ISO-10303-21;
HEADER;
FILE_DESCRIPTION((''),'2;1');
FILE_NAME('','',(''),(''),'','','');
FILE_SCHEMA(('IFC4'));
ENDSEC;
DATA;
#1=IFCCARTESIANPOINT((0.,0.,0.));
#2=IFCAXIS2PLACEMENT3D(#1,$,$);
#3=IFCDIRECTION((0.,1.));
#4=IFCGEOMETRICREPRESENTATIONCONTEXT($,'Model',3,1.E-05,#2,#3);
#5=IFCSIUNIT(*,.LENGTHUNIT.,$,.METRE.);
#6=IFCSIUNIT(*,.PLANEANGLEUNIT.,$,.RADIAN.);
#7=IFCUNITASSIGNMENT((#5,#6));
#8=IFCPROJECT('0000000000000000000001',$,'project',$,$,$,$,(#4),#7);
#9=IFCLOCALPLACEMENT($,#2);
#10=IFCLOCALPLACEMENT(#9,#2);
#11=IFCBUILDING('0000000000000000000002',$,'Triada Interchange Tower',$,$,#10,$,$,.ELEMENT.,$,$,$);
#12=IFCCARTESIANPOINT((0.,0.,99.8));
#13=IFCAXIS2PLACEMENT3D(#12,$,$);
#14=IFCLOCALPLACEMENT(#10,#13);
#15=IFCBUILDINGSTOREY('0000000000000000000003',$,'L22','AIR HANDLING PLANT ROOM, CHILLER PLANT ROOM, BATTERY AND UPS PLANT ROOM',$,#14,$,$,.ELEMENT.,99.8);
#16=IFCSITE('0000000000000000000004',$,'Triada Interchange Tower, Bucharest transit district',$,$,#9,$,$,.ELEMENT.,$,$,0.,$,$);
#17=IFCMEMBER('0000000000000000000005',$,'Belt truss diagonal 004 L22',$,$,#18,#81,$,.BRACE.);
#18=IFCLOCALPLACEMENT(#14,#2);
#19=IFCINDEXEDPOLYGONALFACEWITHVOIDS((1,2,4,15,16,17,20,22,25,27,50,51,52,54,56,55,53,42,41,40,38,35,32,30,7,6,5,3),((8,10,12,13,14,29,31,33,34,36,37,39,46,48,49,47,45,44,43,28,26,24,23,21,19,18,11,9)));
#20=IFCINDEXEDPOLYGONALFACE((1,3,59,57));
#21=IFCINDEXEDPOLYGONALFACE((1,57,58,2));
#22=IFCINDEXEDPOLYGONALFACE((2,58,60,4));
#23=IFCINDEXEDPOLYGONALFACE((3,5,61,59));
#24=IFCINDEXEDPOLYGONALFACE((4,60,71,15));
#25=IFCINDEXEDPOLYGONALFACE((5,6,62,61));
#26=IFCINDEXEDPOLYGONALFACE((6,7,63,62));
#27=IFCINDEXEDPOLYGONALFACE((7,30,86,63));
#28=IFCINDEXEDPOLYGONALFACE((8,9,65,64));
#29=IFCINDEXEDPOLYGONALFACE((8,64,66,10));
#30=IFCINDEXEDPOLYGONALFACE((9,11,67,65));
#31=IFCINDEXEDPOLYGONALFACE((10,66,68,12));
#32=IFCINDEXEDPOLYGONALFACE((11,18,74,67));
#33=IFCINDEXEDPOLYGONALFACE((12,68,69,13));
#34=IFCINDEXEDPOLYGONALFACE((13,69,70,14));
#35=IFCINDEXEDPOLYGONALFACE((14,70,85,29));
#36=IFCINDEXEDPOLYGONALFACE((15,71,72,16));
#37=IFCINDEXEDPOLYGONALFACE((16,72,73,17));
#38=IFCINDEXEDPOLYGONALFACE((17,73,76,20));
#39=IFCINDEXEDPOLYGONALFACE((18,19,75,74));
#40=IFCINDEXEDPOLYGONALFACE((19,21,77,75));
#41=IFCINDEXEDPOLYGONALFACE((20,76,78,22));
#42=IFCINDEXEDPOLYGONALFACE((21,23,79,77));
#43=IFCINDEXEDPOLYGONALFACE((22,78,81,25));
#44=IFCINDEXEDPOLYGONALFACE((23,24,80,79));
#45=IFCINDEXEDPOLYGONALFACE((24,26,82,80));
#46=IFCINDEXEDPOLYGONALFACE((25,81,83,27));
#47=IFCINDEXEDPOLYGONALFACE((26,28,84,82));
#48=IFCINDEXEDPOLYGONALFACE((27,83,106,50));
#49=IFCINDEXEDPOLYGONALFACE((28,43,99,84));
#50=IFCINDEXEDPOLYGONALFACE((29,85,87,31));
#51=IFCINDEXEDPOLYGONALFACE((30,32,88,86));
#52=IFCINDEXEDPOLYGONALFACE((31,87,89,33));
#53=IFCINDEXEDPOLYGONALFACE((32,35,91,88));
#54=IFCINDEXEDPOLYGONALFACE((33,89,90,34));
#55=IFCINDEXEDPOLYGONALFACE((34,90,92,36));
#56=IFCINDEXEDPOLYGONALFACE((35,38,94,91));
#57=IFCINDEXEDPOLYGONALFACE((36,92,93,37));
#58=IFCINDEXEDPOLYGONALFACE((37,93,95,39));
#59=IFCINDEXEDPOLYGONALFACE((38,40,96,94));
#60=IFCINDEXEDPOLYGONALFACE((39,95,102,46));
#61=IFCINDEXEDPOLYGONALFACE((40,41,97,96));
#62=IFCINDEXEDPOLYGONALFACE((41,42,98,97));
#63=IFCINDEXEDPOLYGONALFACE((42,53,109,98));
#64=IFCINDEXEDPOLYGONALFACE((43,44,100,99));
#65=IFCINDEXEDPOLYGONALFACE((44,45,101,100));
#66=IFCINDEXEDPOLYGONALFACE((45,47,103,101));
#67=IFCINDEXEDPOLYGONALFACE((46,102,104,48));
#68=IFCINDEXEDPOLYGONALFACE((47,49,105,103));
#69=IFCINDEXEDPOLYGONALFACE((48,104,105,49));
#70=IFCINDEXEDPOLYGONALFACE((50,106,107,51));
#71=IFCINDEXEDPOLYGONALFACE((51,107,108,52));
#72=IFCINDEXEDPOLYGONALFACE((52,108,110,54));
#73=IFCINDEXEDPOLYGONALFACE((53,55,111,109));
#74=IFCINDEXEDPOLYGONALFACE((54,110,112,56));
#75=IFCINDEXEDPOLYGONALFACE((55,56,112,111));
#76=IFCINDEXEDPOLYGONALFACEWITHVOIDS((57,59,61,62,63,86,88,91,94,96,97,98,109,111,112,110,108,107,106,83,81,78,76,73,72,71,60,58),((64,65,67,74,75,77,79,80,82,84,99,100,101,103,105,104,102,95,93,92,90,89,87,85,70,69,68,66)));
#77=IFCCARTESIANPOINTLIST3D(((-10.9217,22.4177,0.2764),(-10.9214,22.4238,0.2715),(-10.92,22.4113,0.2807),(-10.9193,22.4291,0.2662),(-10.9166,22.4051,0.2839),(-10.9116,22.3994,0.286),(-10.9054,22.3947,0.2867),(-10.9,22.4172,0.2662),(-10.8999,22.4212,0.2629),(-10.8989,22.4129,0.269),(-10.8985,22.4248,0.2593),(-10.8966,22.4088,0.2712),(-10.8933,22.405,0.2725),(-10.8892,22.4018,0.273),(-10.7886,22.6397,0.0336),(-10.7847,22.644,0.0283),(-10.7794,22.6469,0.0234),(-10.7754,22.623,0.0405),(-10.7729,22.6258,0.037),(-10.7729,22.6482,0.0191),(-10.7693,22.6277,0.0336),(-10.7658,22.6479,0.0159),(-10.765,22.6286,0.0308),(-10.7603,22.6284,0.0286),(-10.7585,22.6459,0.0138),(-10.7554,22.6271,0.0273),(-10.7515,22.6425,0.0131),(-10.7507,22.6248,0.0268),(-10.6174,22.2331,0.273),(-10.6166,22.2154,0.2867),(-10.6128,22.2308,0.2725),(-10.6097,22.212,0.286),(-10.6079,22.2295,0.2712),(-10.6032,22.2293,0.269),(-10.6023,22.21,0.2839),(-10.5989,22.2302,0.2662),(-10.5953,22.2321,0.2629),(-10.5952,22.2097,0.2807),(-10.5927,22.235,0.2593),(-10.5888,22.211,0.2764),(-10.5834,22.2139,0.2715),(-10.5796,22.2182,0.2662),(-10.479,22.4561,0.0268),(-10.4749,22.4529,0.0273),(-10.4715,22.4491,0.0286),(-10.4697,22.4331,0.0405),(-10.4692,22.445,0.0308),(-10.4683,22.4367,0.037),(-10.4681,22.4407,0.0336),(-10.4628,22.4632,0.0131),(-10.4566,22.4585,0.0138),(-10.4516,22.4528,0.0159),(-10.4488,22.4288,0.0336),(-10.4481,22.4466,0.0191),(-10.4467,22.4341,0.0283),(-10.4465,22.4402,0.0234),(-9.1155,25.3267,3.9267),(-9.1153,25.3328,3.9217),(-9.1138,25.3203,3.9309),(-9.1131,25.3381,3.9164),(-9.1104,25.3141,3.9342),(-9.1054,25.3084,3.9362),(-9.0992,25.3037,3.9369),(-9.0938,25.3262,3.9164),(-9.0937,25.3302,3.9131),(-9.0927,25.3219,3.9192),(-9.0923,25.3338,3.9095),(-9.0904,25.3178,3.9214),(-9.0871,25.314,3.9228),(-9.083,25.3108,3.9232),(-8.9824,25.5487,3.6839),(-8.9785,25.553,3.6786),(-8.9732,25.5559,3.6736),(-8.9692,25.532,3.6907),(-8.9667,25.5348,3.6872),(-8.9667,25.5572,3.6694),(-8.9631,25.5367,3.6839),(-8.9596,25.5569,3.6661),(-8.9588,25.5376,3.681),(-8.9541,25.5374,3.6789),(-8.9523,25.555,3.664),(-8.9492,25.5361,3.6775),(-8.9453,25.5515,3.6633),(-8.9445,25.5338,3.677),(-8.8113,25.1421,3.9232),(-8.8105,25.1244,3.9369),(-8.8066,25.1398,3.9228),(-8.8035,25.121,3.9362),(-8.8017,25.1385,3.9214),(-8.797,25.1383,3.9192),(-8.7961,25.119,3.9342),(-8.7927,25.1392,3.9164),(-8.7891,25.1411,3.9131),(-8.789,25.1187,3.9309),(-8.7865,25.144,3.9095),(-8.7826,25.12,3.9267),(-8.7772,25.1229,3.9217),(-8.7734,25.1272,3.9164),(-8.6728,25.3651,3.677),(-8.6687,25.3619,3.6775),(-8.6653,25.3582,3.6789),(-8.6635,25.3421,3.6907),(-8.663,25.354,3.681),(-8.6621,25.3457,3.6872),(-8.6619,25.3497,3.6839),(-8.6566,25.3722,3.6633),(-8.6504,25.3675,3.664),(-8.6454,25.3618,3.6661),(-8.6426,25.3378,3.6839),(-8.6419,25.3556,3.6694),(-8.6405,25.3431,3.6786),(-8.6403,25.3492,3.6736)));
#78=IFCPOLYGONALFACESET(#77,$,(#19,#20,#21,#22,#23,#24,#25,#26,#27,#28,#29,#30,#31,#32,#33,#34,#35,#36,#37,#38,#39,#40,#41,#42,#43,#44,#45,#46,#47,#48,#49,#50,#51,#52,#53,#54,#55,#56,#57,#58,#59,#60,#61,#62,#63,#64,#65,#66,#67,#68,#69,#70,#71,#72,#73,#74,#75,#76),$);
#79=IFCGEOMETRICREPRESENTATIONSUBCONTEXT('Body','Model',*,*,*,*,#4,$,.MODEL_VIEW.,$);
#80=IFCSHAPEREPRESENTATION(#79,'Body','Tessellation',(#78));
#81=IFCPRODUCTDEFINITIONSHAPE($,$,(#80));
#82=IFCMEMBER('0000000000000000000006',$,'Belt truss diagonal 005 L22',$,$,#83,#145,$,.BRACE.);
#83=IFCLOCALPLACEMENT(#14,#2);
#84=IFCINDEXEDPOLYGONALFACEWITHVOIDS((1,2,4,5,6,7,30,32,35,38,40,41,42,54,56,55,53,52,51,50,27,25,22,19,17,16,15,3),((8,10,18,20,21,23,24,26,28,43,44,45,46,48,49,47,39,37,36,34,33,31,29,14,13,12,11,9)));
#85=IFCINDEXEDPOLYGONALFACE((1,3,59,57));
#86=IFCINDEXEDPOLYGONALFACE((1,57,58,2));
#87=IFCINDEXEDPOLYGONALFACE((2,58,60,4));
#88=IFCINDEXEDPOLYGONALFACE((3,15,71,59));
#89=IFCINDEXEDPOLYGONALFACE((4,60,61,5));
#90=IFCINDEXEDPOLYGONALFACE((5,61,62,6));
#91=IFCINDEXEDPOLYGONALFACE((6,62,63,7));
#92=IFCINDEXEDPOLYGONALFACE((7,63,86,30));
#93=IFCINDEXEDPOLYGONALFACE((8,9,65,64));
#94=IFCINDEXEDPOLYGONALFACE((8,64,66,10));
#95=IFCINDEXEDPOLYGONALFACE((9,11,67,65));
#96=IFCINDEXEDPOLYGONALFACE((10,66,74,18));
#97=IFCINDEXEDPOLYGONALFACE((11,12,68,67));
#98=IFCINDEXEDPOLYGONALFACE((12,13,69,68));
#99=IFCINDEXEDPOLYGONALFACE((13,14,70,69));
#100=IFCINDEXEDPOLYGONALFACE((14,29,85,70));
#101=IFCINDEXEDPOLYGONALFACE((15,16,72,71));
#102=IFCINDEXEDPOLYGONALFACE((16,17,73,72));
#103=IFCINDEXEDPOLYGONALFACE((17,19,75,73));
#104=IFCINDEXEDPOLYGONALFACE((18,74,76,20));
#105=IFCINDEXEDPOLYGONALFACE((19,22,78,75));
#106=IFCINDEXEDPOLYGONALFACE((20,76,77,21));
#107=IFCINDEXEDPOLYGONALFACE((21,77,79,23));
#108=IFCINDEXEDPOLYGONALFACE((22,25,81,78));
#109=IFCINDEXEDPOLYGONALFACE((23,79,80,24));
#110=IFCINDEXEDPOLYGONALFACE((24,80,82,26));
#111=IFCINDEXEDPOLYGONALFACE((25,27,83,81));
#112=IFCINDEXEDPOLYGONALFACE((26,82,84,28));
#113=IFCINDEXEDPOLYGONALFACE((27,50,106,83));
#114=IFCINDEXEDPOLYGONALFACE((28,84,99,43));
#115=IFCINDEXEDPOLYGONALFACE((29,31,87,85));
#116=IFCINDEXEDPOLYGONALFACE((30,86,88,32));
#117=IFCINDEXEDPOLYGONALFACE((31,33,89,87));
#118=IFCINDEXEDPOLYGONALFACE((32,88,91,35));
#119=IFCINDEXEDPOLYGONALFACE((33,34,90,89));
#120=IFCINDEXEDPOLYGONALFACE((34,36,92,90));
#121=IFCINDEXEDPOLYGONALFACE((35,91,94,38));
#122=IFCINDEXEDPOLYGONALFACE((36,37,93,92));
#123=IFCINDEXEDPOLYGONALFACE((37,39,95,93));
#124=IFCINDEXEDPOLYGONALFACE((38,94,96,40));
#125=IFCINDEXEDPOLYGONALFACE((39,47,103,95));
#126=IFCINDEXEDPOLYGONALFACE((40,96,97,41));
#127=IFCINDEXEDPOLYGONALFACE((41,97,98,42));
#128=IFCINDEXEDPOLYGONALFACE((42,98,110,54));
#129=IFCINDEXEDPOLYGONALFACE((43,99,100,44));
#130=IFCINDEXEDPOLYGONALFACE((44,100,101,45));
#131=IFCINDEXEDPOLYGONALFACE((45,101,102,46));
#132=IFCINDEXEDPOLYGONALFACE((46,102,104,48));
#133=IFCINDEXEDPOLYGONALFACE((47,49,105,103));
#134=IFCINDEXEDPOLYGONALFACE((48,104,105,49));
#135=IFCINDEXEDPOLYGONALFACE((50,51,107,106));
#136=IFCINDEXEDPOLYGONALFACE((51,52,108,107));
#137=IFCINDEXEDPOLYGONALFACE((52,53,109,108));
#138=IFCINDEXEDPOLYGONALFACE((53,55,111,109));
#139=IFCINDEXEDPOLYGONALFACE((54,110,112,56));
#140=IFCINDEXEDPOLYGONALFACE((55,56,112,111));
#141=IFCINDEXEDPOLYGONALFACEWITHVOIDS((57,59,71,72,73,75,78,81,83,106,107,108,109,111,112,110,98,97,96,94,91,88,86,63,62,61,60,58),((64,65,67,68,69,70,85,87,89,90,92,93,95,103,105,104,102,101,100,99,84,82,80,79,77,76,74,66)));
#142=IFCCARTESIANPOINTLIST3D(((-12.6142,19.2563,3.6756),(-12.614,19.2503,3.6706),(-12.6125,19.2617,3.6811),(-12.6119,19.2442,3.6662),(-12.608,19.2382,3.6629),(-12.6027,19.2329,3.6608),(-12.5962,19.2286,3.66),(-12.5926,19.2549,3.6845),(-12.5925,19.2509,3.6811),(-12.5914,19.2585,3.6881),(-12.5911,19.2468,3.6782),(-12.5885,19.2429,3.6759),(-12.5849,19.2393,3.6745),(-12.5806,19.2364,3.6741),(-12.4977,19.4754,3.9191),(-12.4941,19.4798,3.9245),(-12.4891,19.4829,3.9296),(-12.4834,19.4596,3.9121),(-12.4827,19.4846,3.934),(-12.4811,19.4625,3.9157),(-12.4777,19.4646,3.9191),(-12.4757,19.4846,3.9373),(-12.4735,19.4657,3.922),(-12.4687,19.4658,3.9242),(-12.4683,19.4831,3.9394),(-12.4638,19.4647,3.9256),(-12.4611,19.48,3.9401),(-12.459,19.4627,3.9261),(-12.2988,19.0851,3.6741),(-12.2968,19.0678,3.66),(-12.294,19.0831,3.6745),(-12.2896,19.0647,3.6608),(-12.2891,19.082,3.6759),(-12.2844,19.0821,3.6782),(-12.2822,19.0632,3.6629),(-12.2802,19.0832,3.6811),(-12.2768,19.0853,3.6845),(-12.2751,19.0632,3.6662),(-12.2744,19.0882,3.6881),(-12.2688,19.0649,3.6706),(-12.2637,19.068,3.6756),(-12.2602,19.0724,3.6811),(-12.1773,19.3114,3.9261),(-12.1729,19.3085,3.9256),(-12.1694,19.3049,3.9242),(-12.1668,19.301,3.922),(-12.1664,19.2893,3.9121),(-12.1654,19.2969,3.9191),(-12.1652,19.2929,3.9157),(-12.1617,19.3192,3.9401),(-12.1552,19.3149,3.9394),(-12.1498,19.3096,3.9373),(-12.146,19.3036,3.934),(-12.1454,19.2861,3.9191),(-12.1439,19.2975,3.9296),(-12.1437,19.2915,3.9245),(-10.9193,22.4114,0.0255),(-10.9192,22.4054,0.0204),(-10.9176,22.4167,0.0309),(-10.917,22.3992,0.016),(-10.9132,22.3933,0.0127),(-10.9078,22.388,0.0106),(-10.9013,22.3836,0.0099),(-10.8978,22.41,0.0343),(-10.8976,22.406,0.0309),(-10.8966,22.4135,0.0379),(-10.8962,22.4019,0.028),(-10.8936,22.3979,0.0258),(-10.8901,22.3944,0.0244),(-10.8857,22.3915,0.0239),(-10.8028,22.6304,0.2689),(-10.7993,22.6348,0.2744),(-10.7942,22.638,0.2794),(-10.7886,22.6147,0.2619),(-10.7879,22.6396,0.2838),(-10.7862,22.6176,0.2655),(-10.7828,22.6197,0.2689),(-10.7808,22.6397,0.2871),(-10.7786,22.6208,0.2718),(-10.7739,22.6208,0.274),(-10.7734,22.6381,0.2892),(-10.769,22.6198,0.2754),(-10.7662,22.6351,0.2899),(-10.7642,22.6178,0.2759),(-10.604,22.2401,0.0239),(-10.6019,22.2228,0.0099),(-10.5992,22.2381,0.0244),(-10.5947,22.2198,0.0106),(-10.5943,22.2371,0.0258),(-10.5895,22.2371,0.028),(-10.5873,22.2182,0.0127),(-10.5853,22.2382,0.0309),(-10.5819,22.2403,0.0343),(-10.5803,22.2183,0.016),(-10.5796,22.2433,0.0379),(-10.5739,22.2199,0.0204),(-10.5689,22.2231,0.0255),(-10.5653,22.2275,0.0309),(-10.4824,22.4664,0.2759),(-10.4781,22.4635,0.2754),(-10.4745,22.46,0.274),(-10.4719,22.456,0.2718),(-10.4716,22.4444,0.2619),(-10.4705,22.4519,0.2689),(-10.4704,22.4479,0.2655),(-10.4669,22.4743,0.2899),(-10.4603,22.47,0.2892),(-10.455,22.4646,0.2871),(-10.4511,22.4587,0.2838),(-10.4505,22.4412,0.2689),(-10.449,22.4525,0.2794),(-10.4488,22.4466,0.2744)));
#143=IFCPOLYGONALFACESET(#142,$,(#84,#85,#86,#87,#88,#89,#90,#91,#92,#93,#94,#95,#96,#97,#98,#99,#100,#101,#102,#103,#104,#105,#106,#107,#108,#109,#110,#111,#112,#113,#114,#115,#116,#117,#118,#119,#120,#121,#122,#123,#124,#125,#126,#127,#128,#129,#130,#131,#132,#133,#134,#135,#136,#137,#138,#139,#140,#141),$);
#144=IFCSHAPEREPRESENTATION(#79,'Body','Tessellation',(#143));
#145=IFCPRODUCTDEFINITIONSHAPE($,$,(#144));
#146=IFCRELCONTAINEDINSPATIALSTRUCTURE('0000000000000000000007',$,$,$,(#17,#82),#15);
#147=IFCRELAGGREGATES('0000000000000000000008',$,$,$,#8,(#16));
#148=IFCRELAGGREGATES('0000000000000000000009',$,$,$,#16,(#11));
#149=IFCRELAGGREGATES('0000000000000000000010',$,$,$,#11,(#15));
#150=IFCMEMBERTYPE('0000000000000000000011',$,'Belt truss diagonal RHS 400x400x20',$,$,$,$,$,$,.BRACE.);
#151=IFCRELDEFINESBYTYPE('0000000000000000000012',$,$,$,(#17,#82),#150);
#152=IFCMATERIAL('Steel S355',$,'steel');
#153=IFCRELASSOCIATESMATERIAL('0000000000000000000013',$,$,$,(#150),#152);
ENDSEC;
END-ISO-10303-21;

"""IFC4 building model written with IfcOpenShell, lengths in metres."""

from ifc_helpers import new_model, si_unit, direction, frame, origin, origin_2d, place, context, subcontext, project, spatial, hollow_rectangle, extrude, material, material_profile, profile_set, type_object, element, save


model = new_model("IFC4")

# Units and contexts
model_context = context("Model", 3, precision=1e-05, world=origin(), true_north=direction((0.0, 1.0)))
body_context = subcontext(model_context, "Body", "Model", "MODEL_VIEW")
ifc_project = project(units=[si_unit("LENGTHUNIT", "METRE"), si_unit("PLANEANGLEUNIT", "RADIAN")], contexts=[model_context])

# Site, building, storey
site_placement = place(None, origin())
site = spatial("IfcSite", under=ifc_project, at=site_placement, Name="Triada Interchange Tower, Bucharest transit district", CompositionType="ELEMENT", RefElevation=0.0)
building_placement = place(site_placement, origin())
building = spatial("IfcBuilding", under=site, at=building_placement, Name="Triada Interchange Tower", CompositionType="ELEMENT")
storey_placement = place(building_placement, frame((0.0, 0.0, 99.8)))
storey = spatial("IfcBuildingStorey", under=building, at=storey_placement, Name="L22", Description="AIR HANDLING PLANT ROOM, CHILLER PLANT ROOM, BATTERY AND UPS PLANT ROOM", CompositionType="ELEMENT", Elevation=99.8)

# Members
ifc_material_1 = material(Name="Steel S355", Category="steel")
ifc_material_profile_1 = material_profile(ifc_material_1, hollow_rectangle(XDim=0.3999, YDim=0.3999, WallThickness=0.02, InnerFilletRadius=0.02, OuterFilletRadius=0.03, at=origin_2d()), Name="RHS 400x400x20")
ifc_profile_set_1 = profile_set([ifc_material_profile_1], Name="Steel S355")
member_type = type_object("IfcMemberType", Name="Belt truss diagonal RHS 400x400x20", PredefinedType="BRACE", material=ifc_profile_set_1)
member_1_placement = place(storey_placement, frame((-10.6841, 22.429, 0.1499), z_axis=(0.360887, 0.581233, 0.729334), x_axis=(-0.849561, 0.527491, 0.0)))
element("IfcMember", 1, at=member_1_placement, inside=storey, type_object=member_type, Name="Belt truss diagonal 004 L22", PredefinedType="BRACE", context=body_context, shape_type="SweptSolid", body=[
    extrude(hollow_rectangle(XDim=0.3999, YDim=0.3999, WallThickness=0.02, InnerFilletRadius=0.02, OuterFilletRadius=0.03, at=origin_2d()), origin(), (0.0, 0.0, 1.0), 5.0049),
])
member_2_placement = place(storey_placement, frame((-10.6841, 22.429, 0.1499), z_axis=(-0.331426, -0.616973, 0.713794), x_axis=(0.880941, -0.473226, 0.0)))
element("IfcMember", 2, at=member_2_placement, inside=storey, type_object=member_type, Name="Belt truss diagonal 005 L22", PredefinedType="BRACE", context=body_context, shape_type="SweptSolid", body=[
    extrude(hollow_rectangle(XDim=0.3999, YDim=0.3999, WallThickness=0.02, InnerFilletRadius=0.02, OuterFilletRadius=0.03, at=origin_2d()), origin(), (0.0, 0.0, 1.0), 5.1138),
])

save(model, "model.ifc")
